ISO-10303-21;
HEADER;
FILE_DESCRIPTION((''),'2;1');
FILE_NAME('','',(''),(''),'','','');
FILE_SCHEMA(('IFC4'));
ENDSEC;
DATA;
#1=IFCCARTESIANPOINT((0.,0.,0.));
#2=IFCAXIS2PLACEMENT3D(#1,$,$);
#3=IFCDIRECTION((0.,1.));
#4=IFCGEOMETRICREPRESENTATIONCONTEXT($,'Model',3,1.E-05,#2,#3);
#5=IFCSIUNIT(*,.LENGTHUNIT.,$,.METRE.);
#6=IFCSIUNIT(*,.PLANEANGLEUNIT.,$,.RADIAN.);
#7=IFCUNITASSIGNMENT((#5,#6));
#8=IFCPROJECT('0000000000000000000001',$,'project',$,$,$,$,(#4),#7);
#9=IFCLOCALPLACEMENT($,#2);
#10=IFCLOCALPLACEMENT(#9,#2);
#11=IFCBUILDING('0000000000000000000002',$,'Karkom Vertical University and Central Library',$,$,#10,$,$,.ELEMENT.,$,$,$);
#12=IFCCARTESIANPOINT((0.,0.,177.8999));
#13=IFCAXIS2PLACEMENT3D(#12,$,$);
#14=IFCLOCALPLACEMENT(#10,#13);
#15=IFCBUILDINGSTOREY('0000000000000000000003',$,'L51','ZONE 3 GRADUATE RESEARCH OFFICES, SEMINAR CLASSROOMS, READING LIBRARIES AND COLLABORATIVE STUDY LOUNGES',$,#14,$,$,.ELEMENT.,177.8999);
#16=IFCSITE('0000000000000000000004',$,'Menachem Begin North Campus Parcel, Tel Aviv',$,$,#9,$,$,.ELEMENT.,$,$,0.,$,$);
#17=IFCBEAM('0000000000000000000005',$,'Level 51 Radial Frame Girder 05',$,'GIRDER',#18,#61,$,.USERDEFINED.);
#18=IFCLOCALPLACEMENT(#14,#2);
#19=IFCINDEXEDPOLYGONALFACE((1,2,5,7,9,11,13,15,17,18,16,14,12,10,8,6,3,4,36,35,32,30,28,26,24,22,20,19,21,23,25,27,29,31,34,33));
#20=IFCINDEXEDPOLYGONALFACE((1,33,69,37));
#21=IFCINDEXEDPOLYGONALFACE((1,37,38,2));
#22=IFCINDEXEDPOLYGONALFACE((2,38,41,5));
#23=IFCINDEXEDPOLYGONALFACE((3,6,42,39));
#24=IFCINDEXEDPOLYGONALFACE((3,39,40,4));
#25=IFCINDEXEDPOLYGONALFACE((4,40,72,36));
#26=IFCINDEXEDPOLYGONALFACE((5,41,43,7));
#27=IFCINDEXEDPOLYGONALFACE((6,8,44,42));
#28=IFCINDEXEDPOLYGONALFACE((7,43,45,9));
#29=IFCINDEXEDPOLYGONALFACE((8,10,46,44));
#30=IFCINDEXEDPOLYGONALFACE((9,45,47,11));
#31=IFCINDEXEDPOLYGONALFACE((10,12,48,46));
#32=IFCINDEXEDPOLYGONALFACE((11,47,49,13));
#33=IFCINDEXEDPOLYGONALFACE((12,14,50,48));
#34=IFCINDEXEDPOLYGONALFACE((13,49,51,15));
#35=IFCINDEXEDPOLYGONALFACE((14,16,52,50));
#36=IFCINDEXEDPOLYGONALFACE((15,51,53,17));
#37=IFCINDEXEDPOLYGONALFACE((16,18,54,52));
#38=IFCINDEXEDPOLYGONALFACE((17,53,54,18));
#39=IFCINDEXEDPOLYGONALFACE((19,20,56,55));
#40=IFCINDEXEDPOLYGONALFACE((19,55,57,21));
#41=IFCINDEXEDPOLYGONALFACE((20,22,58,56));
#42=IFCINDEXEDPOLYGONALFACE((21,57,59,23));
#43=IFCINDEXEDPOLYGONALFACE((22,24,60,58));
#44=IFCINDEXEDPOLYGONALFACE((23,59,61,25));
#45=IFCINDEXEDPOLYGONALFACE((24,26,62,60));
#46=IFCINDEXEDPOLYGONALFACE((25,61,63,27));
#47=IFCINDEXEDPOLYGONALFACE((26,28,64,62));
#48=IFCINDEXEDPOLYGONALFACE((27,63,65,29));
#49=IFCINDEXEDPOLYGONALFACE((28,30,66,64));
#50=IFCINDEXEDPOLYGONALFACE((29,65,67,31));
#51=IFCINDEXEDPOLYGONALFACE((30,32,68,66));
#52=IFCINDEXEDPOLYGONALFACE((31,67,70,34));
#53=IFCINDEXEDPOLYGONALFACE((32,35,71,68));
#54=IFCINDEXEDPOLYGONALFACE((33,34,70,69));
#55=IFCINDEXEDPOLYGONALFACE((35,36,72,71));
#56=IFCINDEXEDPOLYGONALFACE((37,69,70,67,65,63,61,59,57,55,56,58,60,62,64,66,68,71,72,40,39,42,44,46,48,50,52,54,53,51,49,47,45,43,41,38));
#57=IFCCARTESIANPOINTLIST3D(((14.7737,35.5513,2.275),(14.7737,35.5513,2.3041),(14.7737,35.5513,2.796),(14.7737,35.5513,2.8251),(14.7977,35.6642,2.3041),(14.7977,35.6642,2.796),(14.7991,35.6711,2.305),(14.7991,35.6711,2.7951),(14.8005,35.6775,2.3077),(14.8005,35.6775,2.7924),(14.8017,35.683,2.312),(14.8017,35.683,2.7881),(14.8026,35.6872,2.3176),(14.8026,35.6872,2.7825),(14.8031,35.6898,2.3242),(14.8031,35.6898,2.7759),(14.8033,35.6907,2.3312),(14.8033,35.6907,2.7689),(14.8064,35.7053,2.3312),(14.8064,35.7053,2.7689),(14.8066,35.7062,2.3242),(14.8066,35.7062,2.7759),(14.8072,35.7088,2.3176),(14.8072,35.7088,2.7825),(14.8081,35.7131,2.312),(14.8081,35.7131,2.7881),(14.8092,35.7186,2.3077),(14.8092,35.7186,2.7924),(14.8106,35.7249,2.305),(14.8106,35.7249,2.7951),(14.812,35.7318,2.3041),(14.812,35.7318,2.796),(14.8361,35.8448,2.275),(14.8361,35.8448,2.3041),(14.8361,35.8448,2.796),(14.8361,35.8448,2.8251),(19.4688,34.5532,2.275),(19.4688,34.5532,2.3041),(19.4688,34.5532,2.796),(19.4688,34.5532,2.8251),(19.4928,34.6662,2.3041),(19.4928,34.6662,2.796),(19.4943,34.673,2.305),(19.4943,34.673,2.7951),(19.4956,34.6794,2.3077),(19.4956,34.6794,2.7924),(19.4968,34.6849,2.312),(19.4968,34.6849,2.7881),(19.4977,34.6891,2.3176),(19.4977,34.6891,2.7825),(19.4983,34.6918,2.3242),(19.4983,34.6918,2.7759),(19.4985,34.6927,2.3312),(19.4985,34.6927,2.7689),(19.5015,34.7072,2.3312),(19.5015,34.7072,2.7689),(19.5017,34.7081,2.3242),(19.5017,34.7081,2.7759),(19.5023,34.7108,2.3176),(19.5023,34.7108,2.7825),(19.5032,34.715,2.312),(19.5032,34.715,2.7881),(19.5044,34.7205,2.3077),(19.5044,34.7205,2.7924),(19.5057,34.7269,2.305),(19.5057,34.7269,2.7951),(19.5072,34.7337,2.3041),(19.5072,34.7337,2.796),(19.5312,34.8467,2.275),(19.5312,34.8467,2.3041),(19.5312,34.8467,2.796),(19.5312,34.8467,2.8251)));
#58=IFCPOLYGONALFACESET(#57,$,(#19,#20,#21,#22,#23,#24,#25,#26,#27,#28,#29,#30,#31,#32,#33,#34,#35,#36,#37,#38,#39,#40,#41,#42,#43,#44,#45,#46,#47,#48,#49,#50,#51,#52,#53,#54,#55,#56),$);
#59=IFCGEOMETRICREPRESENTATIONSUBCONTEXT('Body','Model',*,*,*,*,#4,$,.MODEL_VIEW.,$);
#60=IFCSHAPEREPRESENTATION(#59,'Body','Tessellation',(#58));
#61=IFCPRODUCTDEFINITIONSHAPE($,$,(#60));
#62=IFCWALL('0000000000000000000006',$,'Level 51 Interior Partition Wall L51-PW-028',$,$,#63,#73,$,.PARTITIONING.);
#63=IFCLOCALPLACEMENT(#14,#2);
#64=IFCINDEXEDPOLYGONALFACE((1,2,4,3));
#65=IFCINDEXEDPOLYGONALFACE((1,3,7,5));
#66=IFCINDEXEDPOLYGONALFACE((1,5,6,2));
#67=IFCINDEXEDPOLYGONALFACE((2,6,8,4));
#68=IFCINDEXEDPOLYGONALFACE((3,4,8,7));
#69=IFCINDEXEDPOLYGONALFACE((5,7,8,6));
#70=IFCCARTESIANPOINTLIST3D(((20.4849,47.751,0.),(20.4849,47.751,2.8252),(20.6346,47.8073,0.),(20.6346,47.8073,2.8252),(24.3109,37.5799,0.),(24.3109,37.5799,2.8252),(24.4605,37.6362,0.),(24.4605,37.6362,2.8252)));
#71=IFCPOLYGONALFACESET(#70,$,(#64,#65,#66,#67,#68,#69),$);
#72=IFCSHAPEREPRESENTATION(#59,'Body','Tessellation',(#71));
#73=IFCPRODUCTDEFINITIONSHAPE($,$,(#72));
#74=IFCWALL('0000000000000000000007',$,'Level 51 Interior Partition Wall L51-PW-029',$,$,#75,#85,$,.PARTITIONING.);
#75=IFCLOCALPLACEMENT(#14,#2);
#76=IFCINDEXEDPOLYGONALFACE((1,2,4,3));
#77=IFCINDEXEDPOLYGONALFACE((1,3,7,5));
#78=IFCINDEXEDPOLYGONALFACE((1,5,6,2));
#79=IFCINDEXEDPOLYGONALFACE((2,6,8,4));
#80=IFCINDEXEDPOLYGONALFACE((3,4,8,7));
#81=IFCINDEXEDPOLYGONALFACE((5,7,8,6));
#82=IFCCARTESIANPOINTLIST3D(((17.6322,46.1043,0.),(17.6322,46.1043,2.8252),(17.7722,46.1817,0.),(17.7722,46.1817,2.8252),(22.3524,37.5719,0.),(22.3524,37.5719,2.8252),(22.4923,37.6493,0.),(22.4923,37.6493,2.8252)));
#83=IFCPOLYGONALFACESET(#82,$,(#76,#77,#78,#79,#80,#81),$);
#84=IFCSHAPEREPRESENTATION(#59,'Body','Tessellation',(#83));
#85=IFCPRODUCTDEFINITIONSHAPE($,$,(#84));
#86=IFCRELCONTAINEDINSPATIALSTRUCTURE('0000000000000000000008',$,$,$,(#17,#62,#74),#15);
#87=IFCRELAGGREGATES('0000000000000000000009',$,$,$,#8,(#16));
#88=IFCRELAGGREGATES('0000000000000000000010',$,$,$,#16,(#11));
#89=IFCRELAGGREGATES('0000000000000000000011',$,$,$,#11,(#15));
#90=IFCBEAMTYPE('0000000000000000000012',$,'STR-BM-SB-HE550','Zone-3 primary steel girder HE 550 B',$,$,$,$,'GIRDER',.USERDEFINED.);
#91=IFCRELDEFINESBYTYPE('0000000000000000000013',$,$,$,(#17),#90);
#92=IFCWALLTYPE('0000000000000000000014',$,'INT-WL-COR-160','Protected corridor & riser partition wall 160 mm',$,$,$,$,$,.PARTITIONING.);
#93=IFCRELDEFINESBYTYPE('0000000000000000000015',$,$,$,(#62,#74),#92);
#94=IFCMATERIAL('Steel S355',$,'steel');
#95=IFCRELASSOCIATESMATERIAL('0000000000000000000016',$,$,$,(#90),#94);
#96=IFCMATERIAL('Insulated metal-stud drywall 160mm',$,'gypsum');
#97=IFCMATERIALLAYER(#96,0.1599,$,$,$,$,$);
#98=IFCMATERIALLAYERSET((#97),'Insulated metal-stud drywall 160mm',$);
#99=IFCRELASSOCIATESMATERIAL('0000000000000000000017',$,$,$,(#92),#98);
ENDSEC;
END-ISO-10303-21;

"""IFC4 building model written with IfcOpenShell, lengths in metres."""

from ifc_helpers import new_model, si_unit, direction, frame, frame_2d, origin, origin_with_axes, origin_2d, place, context, subcontext, project, spatial, rectangle, i_section, extrude, source, transform, mapped, material, layer, layer_set, material_profile, profile_set, type_object, element, save


model = new_model("IFC4")

# Units and contexts
model_context = context("Model", 3, precision=1e-05, world=origin(), true_north=direction((0.0, 1.0)))
body_context = subcontext(model_context, "Body", "Model", "MODEL_VIEW")
ifc_project = project(units=[si_unit("LENGTHUNIT", "METRE"), si_unit("PLANEANGLEUNIT", "RADIAN")], contexts=[model_context])

# Site, building, storey
site_placement = place(None, origin())
site = spatial("IfcSite", under=ifc_project, at=site_placement, Name="Menachem Begin North Campus Parcel, Tel Aviv", CompositionType="ELEMENT", RefElevation=0.0)
building_placement = place(site_placement, origin())
building = spatial("IfcBuilding", under=site, at=building_placement, Name="Karkom Vertical University and Central Library", CompositionType="ELEMENT")
storey_placement = place(building_placement, frame((0.0, 0.0, 177.8999)))
storey = spatial("IfcBuildingStorey", under=building, at=storey_placement, Name="L51", Description="ZONE 3 GRADUATE RESEARCH OFFICES, SEMINAR CLASSROOMS, READING LIBRARIES AND COLLABORATIVE STUDY LOUNGES", CompositionType="ELEMENT", Elevation=177.8999)

# Beam
ifc_material_1 = material(Name="Steel S355", Category="steel")
ifc_material_profile_1 = material_profile(ifc_material_1, i_section(OverallWidth=0.3, OverallDepth=0.55, WebThickness=0.0149, FlangeThickness=0.0291, FilletRadius=0.0271, at=origin_2d()), Name="HE 550 B")
ifc_profile_set_1 = profile_set([ifc_material_profile_1], Name="Steel S355")
beam_type_1 = type_object("IfcBeamType", Name="STR-BM-SB-HE550", Description="Zone-3 primary steel girder HE 550 B", ElementType="GIRDER", PredefinedType="USERDEFINED", material=ifc_profile_set_1)
shared_shape_1 = source(origin_with_axes(), body_context, "Body", "SweptSolid", [
    extrude(i_section(OverallWidth=0.3, OverallDepth=0.55, WebThickness=0.0149, FlangeThickness=0.0291, FilletRadius=0.0271, at=origin_2d()), origin(), (0.0, 0.0, 1.0), 4.8),
])
beam_1_placement = place(storey_placement, frame((19.5, 34.7, 2.55), z_axis=(-0.978144, 0.207927, 0.0), x_axis=(-0.207927, -0.978144, 0.0)))
element("IfcBeam", 1, at=beam_1_placement, inside=storey, type_object=beam_type_1, Name="Level 51 Radial Frame Girder 05", ObjectType="GIRDER", PredefinedType="USERDEFINED", context=body_context, shape_type="MappedRepresentation", body=[
    mapped(shared_shape_1, transform((0.0, 0.0, 0.0), scale=1.0)),
])

# Walls
ifc_material_2 = material(Name="Insulated metal-stud drywall 160mm", Category="gypsum")
ifc_layer_1 = layer(ifc_material_2, 0.1599)
ifc_layer_set_1 = layer_set([ifc_layer_1], Name="Insulated metal-stud drywall 160mm")
wall_type_1 = type_object("IfcWallType", Name="INT-WL-COR-160", Description="Protected corridor & riser partition wall 160 mm", PredefinedType="PARTITIONING", material=ifc_layer_set_1)
wall_1_placement = place(storey_placement, frame((24.3857, 37.6079, 0.0), z_axis=(0.0, 0.0, 1.0), x_axis=(-0.352071, 0.935973, 0.0)))
element("IfcWall", 2, at=wall_1_placement, inside=storey, type_object=wall_type_1, Name="Level 51 Interior Partition Wall L51-PW-028", PredefinedType="PARTITIONING", context=body_context, shape_type="SweptSolid", body=[
    extrude(rectangle(XDim=10.8669, YDim=0.1599, at=frame_2d((5.4336, 0.0))), origin(), (0.0, 0.0, 1.0), 2.8252),
])
wall_2_placement = place(storey_placement, frame((22.4224, 37.6106, 0.0), z_axis=(0.0, 0.0, 1.0), x_axis=(-0.484071, 0.875029, 0.0)))
element("IfcWall", 3, at=wall_2_placement, inside=storey, type_object=wall_type_1, Name="Level 51 Interior Partition Wall L51-PW-029", PredefinedType="PARTITIONING", context=body_context, shape_type="SweptSolid", body=[
    extrude(rectangle(XDim=9.751, YDim=0.1599, at=frame_2d((4.8755, 0.0))), origin(), (0.0, 0.0, 1.0), 2.8252),
])

save(model, "model.ifc")
